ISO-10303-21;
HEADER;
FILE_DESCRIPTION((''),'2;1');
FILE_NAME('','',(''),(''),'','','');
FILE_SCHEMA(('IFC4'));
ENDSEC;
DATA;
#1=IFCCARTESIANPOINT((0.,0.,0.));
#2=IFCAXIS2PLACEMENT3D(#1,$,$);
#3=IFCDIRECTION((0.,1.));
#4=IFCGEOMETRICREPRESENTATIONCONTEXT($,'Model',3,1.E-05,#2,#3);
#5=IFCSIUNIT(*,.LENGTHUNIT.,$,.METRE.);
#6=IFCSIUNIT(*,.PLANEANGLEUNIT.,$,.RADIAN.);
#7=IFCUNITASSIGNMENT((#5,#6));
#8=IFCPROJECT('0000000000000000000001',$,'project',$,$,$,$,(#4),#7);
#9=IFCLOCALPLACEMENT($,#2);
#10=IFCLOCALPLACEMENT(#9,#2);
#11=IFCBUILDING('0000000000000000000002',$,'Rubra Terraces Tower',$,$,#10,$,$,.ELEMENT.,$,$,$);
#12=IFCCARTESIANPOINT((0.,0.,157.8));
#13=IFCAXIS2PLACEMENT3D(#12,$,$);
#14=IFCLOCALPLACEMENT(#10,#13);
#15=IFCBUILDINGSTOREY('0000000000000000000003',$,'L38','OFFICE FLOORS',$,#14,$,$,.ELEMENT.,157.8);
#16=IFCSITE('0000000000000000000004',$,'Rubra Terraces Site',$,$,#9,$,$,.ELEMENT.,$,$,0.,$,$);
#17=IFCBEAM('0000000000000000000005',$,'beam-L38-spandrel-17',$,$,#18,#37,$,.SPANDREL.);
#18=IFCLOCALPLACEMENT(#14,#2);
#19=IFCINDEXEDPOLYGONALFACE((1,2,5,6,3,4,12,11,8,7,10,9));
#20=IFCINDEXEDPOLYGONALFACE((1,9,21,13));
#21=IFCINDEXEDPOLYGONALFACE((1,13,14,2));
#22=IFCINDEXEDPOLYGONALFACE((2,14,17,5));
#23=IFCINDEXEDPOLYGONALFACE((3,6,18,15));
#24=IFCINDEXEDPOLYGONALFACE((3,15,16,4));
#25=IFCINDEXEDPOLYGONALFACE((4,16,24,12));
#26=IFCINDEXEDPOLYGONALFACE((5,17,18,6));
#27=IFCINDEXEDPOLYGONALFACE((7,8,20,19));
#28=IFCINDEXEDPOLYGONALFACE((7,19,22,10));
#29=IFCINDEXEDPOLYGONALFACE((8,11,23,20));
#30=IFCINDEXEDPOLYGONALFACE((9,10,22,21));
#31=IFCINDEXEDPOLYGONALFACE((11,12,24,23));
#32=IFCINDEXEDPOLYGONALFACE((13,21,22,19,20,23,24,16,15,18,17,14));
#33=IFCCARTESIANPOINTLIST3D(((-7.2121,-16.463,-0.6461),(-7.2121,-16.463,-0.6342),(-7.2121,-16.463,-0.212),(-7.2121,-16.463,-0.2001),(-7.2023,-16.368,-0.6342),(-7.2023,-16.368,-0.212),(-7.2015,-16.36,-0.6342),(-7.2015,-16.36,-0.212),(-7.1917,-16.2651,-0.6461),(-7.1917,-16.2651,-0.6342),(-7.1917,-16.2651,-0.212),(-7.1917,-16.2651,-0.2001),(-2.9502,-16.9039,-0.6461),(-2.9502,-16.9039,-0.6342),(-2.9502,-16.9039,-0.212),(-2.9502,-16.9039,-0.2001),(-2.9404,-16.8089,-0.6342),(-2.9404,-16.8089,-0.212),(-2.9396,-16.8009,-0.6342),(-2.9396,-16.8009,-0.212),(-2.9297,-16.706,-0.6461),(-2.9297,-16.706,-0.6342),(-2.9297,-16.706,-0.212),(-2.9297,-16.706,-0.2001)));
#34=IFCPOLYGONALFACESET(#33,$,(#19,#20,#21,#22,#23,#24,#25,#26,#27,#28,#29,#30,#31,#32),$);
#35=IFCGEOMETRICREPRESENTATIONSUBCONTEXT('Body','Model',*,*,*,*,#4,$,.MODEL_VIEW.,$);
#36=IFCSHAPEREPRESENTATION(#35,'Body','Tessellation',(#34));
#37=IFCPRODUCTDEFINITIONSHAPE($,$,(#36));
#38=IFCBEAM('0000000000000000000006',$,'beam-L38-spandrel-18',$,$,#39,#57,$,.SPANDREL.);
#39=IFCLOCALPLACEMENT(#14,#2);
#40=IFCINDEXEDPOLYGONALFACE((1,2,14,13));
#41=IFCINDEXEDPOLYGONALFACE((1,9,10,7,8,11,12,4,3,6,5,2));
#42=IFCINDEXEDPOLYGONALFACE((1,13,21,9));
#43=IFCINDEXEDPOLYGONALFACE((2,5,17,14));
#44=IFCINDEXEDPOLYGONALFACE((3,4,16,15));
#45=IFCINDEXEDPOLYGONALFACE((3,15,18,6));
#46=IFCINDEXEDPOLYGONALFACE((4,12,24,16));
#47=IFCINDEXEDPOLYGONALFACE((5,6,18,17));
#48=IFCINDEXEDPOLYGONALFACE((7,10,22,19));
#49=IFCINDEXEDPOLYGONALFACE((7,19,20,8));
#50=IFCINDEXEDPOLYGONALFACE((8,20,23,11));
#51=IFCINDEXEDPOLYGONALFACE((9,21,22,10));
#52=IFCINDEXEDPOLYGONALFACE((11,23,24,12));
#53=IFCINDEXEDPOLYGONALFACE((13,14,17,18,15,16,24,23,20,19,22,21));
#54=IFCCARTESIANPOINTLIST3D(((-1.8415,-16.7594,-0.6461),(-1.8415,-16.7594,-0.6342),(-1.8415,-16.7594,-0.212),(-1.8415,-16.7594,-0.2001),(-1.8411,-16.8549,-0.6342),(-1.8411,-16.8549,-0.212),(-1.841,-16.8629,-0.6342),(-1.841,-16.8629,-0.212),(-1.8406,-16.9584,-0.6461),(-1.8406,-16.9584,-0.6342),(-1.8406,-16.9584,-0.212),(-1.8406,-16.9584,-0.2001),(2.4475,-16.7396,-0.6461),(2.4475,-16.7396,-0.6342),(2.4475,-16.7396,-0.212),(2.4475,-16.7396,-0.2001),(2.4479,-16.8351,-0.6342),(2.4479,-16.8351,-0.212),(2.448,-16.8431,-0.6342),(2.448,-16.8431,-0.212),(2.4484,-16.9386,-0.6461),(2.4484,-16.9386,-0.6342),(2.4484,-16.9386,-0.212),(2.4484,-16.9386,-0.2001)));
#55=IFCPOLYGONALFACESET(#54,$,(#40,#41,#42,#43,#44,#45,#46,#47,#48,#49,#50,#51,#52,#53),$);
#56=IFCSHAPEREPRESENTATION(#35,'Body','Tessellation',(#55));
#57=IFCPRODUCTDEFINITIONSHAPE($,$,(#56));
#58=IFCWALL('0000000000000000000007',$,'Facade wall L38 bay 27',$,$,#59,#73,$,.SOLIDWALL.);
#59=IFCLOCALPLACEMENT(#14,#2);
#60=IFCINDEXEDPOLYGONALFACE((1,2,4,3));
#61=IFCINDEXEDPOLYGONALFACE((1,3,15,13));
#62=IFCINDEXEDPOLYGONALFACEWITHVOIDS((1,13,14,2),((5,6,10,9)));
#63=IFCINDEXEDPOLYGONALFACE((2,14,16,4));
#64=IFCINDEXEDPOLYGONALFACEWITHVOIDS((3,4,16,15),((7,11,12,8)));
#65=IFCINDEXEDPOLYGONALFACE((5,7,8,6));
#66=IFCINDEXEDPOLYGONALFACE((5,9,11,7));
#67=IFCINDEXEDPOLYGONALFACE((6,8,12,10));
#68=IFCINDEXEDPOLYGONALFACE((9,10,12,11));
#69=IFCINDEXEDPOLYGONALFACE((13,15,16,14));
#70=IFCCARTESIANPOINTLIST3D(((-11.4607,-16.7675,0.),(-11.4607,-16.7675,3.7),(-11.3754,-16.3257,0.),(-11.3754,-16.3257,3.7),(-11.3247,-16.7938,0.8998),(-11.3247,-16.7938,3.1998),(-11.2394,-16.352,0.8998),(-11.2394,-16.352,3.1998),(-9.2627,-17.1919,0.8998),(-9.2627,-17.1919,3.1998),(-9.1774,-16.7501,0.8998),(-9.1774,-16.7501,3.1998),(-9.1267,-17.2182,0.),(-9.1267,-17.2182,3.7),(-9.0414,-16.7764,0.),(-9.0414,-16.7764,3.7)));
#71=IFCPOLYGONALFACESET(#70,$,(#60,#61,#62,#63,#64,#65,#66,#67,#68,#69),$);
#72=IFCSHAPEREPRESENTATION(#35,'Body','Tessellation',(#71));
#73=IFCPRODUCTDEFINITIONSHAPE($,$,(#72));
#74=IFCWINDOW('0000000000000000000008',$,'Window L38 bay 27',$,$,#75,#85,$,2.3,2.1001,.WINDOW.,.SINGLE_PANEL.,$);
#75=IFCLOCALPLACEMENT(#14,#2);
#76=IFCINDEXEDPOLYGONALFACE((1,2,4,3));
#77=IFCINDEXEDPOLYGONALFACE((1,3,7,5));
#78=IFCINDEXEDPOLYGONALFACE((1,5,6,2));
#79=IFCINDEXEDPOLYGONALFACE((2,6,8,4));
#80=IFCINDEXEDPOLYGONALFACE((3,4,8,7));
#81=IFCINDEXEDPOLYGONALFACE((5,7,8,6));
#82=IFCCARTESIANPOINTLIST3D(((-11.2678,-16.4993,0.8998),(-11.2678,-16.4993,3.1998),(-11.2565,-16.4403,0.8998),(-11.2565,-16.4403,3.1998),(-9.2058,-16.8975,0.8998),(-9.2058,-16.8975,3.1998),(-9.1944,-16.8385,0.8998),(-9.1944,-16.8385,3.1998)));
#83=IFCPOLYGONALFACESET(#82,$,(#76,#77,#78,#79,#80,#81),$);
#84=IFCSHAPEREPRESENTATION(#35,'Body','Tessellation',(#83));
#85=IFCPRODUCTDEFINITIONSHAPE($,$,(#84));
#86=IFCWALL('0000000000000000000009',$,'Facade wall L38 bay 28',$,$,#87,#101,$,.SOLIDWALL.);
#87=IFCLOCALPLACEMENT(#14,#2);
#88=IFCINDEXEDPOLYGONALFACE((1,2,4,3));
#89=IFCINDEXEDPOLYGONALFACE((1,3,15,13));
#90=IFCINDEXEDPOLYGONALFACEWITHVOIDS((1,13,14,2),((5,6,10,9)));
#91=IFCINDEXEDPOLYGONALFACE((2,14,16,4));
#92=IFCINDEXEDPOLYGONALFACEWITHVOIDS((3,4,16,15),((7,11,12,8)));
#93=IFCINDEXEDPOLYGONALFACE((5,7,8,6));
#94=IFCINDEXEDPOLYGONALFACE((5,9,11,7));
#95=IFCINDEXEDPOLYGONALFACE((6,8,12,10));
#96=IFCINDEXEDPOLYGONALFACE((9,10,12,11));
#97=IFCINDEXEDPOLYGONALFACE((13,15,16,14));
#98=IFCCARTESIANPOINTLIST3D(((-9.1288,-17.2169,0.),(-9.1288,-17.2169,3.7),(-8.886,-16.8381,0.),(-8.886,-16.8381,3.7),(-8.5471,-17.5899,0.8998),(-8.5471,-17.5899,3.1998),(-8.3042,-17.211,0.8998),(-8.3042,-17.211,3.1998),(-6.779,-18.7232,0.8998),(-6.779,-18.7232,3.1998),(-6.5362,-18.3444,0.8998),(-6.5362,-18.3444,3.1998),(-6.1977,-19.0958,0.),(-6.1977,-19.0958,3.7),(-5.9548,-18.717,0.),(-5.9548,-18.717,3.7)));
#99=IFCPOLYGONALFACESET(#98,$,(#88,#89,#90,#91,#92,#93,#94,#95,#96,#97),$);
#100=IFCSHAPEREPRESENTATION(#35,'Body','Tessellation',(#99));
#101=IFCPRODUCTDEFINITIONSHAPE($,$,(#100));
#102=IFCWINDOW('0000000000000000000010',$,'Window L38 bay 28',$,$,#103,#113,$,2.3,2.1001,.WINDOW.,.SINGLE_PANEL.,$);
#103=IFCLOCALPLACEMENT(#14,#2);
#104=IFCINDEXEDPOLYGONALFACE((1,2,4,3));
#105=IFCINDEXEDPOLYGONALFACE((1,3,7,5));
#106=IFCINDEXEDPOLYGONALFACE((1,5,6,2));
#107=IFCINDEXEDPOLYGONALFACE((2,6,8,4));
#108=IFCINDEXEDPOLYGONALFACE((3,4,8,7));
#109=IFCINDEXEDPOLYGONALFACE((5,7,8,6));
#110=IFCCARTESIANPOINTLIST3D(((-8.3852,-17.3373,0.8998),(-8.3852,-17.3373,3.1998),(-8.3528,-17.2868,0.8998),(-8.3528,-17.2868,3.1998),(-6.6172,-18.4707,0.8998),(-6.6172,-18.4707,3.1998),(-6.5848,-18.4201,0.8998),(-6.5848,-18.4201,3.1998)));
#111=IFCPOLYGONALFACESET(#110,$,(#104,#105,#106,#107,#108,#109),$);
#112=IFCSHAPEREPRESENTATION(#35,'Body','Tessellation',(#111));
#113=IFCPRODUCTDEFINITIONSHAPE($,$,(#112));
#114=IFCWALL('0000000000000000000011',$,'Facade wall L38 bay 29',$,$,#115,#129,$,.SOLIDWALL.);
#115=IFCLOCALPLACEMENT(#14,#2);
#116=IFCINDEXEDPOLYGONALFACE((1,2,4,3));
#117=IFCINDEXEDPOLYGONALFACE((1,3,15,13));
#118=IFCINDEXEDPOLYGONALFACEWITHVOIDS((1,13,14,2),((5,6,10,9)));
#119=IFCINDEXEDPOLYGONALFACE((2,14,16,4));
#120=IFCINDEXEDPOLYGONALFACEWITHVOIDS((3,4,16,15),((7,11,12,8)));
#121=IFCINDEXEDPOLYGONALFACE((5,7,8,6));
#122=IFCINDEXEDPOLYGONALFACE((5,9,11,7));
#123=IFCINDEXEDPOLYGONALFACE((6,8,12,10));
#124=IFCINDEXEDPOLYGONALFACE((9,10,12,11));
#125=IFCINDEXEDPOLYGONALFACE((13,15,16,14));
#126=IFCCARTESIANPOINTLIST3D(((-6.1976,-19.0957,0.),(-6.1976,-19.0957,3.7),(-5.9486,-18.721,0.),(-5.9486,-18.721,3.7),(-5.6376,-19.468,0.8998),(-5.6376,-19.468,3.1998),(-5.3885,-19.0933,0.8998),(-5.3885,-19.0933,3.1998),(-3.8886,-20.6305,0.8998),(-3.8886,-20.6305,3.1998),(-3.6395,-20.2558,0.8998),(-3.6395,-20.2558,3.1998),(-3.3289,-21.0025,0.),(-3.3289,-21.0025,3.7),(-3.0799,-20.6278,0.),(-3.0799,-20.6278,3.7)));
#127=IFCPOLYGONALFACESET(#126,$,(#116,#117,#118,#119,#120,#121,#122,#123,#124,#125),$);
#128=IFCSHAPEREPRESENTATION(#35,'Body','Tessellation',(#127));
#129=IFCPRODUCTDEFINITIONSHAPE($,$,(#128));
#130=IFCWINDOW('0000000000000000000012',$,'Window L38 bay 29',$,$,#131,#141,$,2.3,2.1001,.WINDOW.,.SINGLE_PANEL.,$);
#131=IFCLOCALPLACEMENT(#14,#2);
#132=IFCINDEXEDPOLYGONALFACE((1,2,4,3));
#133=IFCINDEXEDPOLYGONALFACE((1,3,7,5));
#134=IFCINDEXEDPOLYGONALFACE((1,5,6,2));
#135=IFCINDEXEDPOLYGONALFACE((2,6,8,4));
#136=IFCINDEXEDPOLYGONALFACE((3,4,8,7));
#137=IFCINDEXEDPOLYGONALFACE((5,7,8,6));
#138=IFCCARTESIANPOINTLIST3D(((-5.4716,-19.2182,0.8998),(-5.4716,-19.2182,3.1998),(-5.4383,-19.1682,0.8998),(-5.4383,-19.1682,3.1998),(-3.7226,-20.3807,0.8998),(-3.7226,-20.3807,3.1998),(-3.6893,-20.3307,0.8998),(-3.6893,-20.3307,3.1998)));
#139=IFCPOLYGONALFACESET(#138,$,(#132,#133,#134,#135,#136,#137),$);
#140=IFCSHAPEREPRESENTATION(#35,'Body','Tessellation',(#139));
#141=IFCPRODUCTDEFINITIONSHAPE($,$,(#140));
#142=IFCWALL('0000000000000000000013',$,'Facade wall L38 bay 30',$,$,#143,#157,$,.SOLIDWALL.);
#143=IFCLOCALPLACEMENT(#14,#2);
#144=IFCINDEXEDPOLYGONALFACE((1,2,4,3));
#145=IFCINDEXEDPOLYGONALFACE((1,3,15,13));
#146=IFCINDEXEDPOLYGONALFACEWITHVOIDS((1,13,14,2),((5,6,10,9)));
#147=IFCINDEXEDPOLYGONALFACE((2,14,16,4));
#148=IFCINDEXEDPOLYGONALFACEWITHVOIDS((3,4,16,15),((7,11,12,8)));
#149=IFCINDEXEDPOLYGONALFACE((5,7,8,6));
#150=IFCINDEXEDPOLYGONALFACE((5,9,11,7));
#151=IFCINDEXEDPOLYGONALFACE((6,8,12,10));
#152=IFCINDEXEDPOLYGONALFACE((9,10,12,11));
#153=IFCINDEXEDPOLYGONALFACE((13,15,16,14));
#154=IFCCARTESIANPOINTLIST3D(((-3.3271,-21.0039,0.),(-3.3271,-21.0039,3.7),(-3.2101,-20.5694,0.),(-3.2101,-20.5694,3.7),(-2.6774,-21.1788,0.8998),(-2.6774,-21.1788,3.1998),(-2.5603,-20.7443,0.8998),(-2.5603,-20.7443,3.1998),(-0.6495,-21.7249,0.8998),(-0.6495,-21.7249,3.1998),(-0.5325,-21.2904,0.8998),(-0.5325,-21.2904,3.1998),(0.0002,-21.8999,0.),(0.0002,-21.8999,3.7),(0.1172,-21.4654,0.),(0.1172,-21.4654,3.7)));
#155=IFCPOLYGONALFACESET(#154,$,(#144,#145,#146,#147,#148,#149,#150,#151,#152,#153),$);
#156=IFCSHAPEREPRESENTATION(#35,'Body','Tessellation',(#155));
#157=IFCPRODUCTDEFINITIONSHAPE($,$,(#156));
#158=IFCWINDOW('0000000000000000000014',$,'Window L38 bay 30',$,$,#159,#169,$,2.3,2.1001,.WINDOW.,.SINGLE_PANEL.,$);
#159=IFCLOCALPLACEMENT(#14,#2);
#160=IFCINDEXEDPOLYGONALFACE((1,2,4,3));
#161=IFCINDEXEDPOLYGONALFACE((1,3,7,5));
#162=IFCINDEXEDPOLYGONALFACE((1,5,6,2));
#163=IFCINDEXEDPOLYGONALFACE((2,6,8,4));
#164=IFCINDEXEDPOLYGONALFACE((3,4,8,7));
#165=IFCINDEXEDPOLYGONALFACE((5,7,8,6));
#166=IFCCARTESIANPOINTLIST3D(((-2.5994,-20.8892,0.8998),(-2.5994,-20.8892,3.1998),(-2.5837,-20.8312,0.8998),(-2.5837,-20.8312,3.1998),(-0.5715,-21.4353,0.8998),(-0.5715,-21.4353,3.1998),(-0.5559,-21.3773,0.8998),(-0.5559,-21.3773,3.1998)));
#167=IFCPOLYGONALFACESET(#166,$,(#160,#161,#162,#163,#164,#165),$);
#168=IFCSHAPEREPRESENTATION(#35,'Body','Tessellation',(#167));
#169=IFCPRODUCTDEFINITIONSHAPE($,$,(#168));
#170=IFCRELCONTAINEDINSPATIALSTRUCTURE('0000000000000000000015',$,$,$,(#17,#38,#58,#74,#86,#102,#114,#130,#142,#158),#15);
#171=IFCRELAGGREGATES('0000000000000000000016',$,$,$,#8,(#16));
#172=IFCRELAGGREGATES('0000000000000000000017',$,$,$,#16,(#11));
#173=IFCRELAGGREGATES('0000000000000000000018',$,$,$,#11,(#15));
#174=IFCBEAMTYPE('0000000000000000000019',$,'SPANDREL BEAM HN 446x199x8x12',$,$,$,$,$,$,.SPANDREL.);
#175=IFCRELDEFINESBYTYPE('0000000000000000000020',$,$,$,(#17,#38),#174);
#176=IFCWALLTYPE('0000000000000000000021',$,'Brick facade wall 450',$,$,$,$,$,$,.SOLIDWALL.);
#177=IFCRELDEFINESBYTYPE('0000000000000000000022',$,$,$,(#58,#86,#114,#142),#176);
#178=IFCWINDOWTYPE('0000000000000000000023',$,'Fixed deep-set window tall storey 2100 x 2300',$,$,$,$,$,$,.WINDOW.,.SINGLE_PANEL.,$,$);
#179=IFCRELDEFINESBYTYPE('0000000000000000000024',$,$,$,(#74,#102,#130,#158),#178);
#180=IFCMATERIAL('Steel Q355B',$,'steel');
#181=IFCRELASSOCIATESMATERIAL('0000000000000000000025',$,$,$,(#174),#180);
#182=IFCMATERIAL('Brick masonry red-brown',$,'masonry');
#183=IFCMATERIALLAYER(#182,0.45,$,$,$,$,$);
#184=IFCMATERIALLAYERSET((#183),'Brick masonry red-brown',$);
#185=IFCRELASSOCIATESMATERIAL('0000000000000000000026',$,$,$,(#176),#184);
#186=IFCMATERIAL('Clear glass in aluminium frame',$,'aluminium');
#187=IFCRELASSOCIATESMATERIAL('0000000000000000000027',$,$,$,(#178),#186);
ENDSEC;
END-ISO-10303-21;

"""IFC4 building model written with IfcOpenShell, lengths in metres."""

from ifc_helpers import new_model, si_unit, direction, frame, frame_2d, origin, origin_2d, place, context, subcontext, project, spatial, rectangle, i_section, extrude, material, layer, layer_set, material_profile, profile_set, type_object, element, fill, save


model = new_model("IFC4")

# Units and contexts
model_context = context("Model", 3, precision=1e-05, world=origin(), true_north=direction((0.0, 1.0)))
body_context = subcontext(model_context, "Body", "Model", "MODEL_VIEW")
ifc_project = project(units=[si_unit("LENGTHUNIT", "METRE"), si_unit("PLANEANGLEUNIT", "RADIAN")], contexts=[model_context])

# Site, building, storey
site_placement = place(None, origin())
site = spatial("IfcSite", under=ifc_project, at=site_placement, Name="Rubra Terraces Site", CompositionType="ELEMENT", RefElevation=0.0)
building_placement = place(site_placement, origin())
building = spatial("IfcBuilding", under=site, at=building_placement, Name="Rubra Terraces Tower", CompositionType="ELEMENT")
storey_placement = place(building_placement, frame((0.0, 0.0, 157.8)))
storey = spatial("IfcBuildingStorey", under=building, at=storey_placement, Name="L38", Description="OFFICE FLOORS", CompositionType="ELEMENT", Elevation=157.8)

# Beams
ifc_material_1 = material(Name="Steel Q355B", Category="steel")
ifc_material_profile_1 = material_profile(ifc_material_1, i_section(OverallWidth=0.199, OverallDepth=0.446, WebThickness=0.0081, FlangeThickness=0.012, at=origin_2d()), Name="HN 446x199x8x12")
ifc_profile_set_1 = profile_set([ifc_material_profile_1], Name="Steel Q355B")
beam_type_1 = type_object("IfcBeamType", Name="SPANDREL BEAM HN 446x199x8x12", PredefinedType="SPANDREL", material=ifc_profile_set_1)
beam_1_placement = place(storey_placement, frame((-7.2019, -16.364, -0.4231), z_axis=(0.994691, -0.102905, 0.0), x_axis=(0.102905, 0.994691, 0.0)))
element("IfcBeam", 1, at=beam_1_placement, inside=storey, type_object=beam_type_1, Name="beam-L38-spandrel-17", PredefinedType="SPANDREL", context=body_context, shape_type="SweptSolid", body=[
    extrude(i_section(OverallWidth=0.199, OverallDepth=0.446, WebThickness=0.0081, FlangeThickness=0.012, at=origin_2d()), origin(), (0.0, 0.0, 1.0), 4.2847),
])
beam_2_placement = place(storey_placement, frame((-1.8411, -16.8589, -0.4231), z_axis=(0.999989, 0.004611, 0.0), x_axis=(-0.004611, 0.999989, 0.0)))
element("IfcBeam", 2, at=beam_2_placement, inside=storey, type_object=beam_type_1, Name="beam-L38-spandrel-18", PredefinedType="SPANDREL", context=body_context, shape_type="SweptSolid", body=[
    extrude(i_section(OverallWidth=0.199, OverallDepth=0.446, WebThickness=0.0081, FlangeThickness=0.012, at=origin_2d()), origin(), (0.0, 0.0, 1.0), 4.2891),
])

# Walls, openings, windows
ifc_material_2 = material(Name="Brick masonry red-brown", Category="masonry")
ifc_layer_1 = layer(ifc_material_2, 0.45)
ifc_layer_set_1 = layer_set([ifc_layer_1], Name="Brick masonry red-brown")
wall_type_1 = type_object("IfcWallType", Name="Brick facade wall 450", PredefinedType="SOLIDWALL", material=ifc_layer_set_1)
wall_1_placement = place(storey_placement, frame((-11.418, -16.5466, 0.0), z_axis=(0.0, 0.0, 1.0), x_axis=(0.981863, -0.189594, 0.0)))
wall_1 = element("IfcWall", 3, at=wall_1_placement, inside=storey, type_object=wall_type_1, Name="Facade wall L38 bay 27", PredefinedType="SOLIDWALL", context=body_context, shape_type="SweptSolid", body=[
    extrude(rectangle(XDim=2.3772, YDim=0.45, at=frame_2d((1.1885, 0.0))), origin(), (0.0, 0.0, 1.0), 3.7),
])
opening_1_placement = place(wall_1_placement, frame((0.1384, 0.0, 0.8999)))
opening_1 = element("IfcOpeningElement", 4, at=opening_1_placement, cuts=wall_1, PredefinedType="OPENING", context=body_context, shape_type="SweptSolid", body=[
    extrude(rectangle(XDim=2.1001, YDim=2.3, at=frame_2d((1.05, 1.1499))), frame((0.0, 0.2349, 0.0), z_axis=(0.0, -1.0, 0.0), x_axis=(1.0, 0.0, 0.0)), (0.0, 0.0, 1.0), 0.47),
])
ifc_material_3 = material(Name="Clear glass in aluminium frame", Category="aluminium")
window_type = type_object("IfcWindowType", Name="Fixed deep-set window tall storey 2100 x 2300", PartitioningType="SINGLE_PANEL", PredefinedType="WINDOW", material=ifc_material_3)
window_1_placement = place(opening_1_placement, origin())
window_1 = element("IfcWindow", 5, at=window_1_placement, inside=storey, type_object=window_type, Name="Window L38 bay 27", OverallHeight=2.3, OverallWidth=2.1001, PartitioningType="SINGLE_PANEL", PredefinedType="WINDOW", context=body_context, shape_type="SweptSolid", body=[
    extrude(rectangle(XDim=2.1001, YDim=2.3, at=frame_2d((1.05, 1.1499))), frame((0.0, 0.135, 0.0), z_axis=(0.0, -1.0, 0.0), x_axis=(1.0, 0.0, 0.0)), (0.0, 0.0, 1.0), 0.0601),
])
fill(opening_1, window_1)
wall_2_placement = place(storey_placement, frame((-9.0073, -17.0276, 0.0), z_axis=(0.0, 0.0, 1.0), x_axis=(0.841884, -0.539658, 0.0)))
wall_2 = element("IfcWall", 6, at=wall_2_placement, inside=storey, type_object=wall_type_1, Name="Facade wall L38 bay 28", PredefinedType="SOLIDWALL", context=body_context, shape_type="SweptSolid", body=[
    extrude(rectangle(XDim=3.4817, YDim=0.45, at=frame_2d((1.7407, 0.0))), origin(), (0.0, 0.0, 1.0), 3.7),
])
opening_2_placement = place(wall_2_placement, frame((0.6909, 0.0, 0.8999)))
opening_2 = element("IfcOpeningElement", 7, at=opening_2_placement, cuts=wall_2, PredefinedType="OPENING", context=body_context, shape_type="SweptSolid", body=[
    extrude(rectangle(XDim=2.1001, YDim=2.3, at=frame_2d((1.05, 1.1499))), frame((0.0, 0.2349, 0.0), z_axis=(0.0, -1.0, 0.0), x_axis=(1.0, 0.0, 0.0)), (0.0, 0.0, 1.0), 0.47),
])
window_2_placement = place(opening_2_placement, origin())
window_2 = element("IfcWindow", 8, at=window_2_placement, inside=storey, type_object=window_type, Name="Window L38 bay 28", OverallHeight=2.3, OverallWidth=2.1001, PartitioningType="SINGLE_PANEL", PredefinedType="WINDOW", context=body_context, shape_type="SweptSolid", body=[
    extrude(rectangle(XDim=2.1001, YDim=2.3, at=frame_2d((1.05, 1.1499))), frame((0.0, 0.135, 0.0), z_axis=(0.0, -1.0, 0.0), x_axis=(1.0, 0.0, 0.0)), (0.0, 0.0, 1.0), 0.0601),
])
fill(opening_2, window_2)
wall_3_placement = place(storey_placement, frame((-6.073, -18.9084, 0.0), z_axis=(0.0, 0.0, 1.0), x_axis=(0.832813, -0.553555, 0.0)))
wall_3 = element("IfcWall", 9, at=wall_3_placement, inside=storey, type_object=wall_type_1, Name="Facade wall L38 bay 29", PredefinedType="SOLIDWALL", context=body_context, shape_type="SweptSolid", body=[
    extrude(rectangle(XDim=3.4446, YDim=0.45, at=frame_2d((1.7222, 0.0))), origin(), (0.0, 0.0, 1.0), 3.7),
])
opening_3_placement = place(wall_3_placement, frame((0.6724, 0.0, 0.8999)))
opening_3 = element("IfcOpeningElement", 10, at=opening_3_placement, cuts=wall_3, PredefinedType="OPENING", context=body_context, shape_type="SweptSolid", body=[
    extrude(rectangle(XDim=2.1001, YDim=2.3, at=frame_2d((1.05, 1.1499))), frame((0.0, 0.2349, 0.0), z_axis=(0.0, -1.0, 0.0), x_axis=(1.0, 0.0, 0.0)), (0.0, 0.0, 1.0), 0.47),
])
window_3_placement = place(opening_3_placement, origin())
window_3 = element("IfcWindow", 11, at=window_3_placement, inside=storey, type_object=window_type, Name="Window L38 bay 29", OverallHeight=2.3, OverallWidth=2.1001, PartitioningType="SINGLE_PANEL", PredefinedType="WINDOW", context=body_context, shape_type="SweptSolid", body=[
    extrude(rectangle(XDim=2.1001, YDim=2.3, at=frame_2d((1.05, 1.1499))), frame((0.0, 0.135, 0.0), z_axis=(0.0, -1.0, 0.0), x_axis=(1.0, 0.0, 0.0)), (0.0, 0.0, 1.0), 0.0601),
])
fill(opening_3, window_3)
wall_4_placement = place(storey_placement, frame((-3.2686, -20.7866, 0.0), z_axis=(0.0, 0.0, 1.0), x_axis=(0.965599, -0.260034, 0.0)))
wall_4 = element("IfcWall", 12, at=wall_4_placement, inside=storey, type_object=wall_type_1, Name="Facade wall L38 bay 30", PredefinedType="SOLIDWALL", context=body_context, shape_type="SweptSolid", body=[
    extrude(rectangle(XDim=3.4458, YDim=0.45, at=frame_2d((1.7229, 0.0))), origin(), (0.0, 0.0, 1.0), 3.7),
])
opening_4_placement = place(wall_4_placement, frame((0.6729, 0.0, 0.8999)))
opening_4 = element("IfcOpeningElement", 13, at=opening_4_placement, cuts=wall_4, PredefinedType="OPENING", context=body_context, shape_type="SweptSolid", body=[
    extrude(rectangle(XDim=2.1001, YDim=2.3, at=frame_2d((1.05, 1.1499))), frame((0.0, 0.2349, 0.0), z_axis=(0.0, -1.0, 0.0), x_axis=(1.0, 0.0, 0.0)), (0.0, 0.0, 1.0), 0.47),
])
window_4_placement = place(opening_4_placement, origin())
window_4 = element("IfcWindow", 14, at=window_4_placement, inside=storey, type_object=window_type, Name="Window L38 bay 30", OverallHeight=2.3, OverallWidth=2.1001, PartitioningType="SINGLE_PANEL", PredefinedType="WINDOW", context=body_context, shape_type="SweptSolid", body=[
    extrude(rectangle(XDim=2.1001, YDim=2.3, at=frame_2d((1.05, 1.1499))), frame((0.0, 0.135, 0.0), z_axis=(0.0, -1.0, 0.0), x_axis=(1.0, 0.0, 0.0)), (0.0, 0.0, 1.0), 0.0601),
])
fill(opening_4, window_4)

save(model, "model.ifc")
